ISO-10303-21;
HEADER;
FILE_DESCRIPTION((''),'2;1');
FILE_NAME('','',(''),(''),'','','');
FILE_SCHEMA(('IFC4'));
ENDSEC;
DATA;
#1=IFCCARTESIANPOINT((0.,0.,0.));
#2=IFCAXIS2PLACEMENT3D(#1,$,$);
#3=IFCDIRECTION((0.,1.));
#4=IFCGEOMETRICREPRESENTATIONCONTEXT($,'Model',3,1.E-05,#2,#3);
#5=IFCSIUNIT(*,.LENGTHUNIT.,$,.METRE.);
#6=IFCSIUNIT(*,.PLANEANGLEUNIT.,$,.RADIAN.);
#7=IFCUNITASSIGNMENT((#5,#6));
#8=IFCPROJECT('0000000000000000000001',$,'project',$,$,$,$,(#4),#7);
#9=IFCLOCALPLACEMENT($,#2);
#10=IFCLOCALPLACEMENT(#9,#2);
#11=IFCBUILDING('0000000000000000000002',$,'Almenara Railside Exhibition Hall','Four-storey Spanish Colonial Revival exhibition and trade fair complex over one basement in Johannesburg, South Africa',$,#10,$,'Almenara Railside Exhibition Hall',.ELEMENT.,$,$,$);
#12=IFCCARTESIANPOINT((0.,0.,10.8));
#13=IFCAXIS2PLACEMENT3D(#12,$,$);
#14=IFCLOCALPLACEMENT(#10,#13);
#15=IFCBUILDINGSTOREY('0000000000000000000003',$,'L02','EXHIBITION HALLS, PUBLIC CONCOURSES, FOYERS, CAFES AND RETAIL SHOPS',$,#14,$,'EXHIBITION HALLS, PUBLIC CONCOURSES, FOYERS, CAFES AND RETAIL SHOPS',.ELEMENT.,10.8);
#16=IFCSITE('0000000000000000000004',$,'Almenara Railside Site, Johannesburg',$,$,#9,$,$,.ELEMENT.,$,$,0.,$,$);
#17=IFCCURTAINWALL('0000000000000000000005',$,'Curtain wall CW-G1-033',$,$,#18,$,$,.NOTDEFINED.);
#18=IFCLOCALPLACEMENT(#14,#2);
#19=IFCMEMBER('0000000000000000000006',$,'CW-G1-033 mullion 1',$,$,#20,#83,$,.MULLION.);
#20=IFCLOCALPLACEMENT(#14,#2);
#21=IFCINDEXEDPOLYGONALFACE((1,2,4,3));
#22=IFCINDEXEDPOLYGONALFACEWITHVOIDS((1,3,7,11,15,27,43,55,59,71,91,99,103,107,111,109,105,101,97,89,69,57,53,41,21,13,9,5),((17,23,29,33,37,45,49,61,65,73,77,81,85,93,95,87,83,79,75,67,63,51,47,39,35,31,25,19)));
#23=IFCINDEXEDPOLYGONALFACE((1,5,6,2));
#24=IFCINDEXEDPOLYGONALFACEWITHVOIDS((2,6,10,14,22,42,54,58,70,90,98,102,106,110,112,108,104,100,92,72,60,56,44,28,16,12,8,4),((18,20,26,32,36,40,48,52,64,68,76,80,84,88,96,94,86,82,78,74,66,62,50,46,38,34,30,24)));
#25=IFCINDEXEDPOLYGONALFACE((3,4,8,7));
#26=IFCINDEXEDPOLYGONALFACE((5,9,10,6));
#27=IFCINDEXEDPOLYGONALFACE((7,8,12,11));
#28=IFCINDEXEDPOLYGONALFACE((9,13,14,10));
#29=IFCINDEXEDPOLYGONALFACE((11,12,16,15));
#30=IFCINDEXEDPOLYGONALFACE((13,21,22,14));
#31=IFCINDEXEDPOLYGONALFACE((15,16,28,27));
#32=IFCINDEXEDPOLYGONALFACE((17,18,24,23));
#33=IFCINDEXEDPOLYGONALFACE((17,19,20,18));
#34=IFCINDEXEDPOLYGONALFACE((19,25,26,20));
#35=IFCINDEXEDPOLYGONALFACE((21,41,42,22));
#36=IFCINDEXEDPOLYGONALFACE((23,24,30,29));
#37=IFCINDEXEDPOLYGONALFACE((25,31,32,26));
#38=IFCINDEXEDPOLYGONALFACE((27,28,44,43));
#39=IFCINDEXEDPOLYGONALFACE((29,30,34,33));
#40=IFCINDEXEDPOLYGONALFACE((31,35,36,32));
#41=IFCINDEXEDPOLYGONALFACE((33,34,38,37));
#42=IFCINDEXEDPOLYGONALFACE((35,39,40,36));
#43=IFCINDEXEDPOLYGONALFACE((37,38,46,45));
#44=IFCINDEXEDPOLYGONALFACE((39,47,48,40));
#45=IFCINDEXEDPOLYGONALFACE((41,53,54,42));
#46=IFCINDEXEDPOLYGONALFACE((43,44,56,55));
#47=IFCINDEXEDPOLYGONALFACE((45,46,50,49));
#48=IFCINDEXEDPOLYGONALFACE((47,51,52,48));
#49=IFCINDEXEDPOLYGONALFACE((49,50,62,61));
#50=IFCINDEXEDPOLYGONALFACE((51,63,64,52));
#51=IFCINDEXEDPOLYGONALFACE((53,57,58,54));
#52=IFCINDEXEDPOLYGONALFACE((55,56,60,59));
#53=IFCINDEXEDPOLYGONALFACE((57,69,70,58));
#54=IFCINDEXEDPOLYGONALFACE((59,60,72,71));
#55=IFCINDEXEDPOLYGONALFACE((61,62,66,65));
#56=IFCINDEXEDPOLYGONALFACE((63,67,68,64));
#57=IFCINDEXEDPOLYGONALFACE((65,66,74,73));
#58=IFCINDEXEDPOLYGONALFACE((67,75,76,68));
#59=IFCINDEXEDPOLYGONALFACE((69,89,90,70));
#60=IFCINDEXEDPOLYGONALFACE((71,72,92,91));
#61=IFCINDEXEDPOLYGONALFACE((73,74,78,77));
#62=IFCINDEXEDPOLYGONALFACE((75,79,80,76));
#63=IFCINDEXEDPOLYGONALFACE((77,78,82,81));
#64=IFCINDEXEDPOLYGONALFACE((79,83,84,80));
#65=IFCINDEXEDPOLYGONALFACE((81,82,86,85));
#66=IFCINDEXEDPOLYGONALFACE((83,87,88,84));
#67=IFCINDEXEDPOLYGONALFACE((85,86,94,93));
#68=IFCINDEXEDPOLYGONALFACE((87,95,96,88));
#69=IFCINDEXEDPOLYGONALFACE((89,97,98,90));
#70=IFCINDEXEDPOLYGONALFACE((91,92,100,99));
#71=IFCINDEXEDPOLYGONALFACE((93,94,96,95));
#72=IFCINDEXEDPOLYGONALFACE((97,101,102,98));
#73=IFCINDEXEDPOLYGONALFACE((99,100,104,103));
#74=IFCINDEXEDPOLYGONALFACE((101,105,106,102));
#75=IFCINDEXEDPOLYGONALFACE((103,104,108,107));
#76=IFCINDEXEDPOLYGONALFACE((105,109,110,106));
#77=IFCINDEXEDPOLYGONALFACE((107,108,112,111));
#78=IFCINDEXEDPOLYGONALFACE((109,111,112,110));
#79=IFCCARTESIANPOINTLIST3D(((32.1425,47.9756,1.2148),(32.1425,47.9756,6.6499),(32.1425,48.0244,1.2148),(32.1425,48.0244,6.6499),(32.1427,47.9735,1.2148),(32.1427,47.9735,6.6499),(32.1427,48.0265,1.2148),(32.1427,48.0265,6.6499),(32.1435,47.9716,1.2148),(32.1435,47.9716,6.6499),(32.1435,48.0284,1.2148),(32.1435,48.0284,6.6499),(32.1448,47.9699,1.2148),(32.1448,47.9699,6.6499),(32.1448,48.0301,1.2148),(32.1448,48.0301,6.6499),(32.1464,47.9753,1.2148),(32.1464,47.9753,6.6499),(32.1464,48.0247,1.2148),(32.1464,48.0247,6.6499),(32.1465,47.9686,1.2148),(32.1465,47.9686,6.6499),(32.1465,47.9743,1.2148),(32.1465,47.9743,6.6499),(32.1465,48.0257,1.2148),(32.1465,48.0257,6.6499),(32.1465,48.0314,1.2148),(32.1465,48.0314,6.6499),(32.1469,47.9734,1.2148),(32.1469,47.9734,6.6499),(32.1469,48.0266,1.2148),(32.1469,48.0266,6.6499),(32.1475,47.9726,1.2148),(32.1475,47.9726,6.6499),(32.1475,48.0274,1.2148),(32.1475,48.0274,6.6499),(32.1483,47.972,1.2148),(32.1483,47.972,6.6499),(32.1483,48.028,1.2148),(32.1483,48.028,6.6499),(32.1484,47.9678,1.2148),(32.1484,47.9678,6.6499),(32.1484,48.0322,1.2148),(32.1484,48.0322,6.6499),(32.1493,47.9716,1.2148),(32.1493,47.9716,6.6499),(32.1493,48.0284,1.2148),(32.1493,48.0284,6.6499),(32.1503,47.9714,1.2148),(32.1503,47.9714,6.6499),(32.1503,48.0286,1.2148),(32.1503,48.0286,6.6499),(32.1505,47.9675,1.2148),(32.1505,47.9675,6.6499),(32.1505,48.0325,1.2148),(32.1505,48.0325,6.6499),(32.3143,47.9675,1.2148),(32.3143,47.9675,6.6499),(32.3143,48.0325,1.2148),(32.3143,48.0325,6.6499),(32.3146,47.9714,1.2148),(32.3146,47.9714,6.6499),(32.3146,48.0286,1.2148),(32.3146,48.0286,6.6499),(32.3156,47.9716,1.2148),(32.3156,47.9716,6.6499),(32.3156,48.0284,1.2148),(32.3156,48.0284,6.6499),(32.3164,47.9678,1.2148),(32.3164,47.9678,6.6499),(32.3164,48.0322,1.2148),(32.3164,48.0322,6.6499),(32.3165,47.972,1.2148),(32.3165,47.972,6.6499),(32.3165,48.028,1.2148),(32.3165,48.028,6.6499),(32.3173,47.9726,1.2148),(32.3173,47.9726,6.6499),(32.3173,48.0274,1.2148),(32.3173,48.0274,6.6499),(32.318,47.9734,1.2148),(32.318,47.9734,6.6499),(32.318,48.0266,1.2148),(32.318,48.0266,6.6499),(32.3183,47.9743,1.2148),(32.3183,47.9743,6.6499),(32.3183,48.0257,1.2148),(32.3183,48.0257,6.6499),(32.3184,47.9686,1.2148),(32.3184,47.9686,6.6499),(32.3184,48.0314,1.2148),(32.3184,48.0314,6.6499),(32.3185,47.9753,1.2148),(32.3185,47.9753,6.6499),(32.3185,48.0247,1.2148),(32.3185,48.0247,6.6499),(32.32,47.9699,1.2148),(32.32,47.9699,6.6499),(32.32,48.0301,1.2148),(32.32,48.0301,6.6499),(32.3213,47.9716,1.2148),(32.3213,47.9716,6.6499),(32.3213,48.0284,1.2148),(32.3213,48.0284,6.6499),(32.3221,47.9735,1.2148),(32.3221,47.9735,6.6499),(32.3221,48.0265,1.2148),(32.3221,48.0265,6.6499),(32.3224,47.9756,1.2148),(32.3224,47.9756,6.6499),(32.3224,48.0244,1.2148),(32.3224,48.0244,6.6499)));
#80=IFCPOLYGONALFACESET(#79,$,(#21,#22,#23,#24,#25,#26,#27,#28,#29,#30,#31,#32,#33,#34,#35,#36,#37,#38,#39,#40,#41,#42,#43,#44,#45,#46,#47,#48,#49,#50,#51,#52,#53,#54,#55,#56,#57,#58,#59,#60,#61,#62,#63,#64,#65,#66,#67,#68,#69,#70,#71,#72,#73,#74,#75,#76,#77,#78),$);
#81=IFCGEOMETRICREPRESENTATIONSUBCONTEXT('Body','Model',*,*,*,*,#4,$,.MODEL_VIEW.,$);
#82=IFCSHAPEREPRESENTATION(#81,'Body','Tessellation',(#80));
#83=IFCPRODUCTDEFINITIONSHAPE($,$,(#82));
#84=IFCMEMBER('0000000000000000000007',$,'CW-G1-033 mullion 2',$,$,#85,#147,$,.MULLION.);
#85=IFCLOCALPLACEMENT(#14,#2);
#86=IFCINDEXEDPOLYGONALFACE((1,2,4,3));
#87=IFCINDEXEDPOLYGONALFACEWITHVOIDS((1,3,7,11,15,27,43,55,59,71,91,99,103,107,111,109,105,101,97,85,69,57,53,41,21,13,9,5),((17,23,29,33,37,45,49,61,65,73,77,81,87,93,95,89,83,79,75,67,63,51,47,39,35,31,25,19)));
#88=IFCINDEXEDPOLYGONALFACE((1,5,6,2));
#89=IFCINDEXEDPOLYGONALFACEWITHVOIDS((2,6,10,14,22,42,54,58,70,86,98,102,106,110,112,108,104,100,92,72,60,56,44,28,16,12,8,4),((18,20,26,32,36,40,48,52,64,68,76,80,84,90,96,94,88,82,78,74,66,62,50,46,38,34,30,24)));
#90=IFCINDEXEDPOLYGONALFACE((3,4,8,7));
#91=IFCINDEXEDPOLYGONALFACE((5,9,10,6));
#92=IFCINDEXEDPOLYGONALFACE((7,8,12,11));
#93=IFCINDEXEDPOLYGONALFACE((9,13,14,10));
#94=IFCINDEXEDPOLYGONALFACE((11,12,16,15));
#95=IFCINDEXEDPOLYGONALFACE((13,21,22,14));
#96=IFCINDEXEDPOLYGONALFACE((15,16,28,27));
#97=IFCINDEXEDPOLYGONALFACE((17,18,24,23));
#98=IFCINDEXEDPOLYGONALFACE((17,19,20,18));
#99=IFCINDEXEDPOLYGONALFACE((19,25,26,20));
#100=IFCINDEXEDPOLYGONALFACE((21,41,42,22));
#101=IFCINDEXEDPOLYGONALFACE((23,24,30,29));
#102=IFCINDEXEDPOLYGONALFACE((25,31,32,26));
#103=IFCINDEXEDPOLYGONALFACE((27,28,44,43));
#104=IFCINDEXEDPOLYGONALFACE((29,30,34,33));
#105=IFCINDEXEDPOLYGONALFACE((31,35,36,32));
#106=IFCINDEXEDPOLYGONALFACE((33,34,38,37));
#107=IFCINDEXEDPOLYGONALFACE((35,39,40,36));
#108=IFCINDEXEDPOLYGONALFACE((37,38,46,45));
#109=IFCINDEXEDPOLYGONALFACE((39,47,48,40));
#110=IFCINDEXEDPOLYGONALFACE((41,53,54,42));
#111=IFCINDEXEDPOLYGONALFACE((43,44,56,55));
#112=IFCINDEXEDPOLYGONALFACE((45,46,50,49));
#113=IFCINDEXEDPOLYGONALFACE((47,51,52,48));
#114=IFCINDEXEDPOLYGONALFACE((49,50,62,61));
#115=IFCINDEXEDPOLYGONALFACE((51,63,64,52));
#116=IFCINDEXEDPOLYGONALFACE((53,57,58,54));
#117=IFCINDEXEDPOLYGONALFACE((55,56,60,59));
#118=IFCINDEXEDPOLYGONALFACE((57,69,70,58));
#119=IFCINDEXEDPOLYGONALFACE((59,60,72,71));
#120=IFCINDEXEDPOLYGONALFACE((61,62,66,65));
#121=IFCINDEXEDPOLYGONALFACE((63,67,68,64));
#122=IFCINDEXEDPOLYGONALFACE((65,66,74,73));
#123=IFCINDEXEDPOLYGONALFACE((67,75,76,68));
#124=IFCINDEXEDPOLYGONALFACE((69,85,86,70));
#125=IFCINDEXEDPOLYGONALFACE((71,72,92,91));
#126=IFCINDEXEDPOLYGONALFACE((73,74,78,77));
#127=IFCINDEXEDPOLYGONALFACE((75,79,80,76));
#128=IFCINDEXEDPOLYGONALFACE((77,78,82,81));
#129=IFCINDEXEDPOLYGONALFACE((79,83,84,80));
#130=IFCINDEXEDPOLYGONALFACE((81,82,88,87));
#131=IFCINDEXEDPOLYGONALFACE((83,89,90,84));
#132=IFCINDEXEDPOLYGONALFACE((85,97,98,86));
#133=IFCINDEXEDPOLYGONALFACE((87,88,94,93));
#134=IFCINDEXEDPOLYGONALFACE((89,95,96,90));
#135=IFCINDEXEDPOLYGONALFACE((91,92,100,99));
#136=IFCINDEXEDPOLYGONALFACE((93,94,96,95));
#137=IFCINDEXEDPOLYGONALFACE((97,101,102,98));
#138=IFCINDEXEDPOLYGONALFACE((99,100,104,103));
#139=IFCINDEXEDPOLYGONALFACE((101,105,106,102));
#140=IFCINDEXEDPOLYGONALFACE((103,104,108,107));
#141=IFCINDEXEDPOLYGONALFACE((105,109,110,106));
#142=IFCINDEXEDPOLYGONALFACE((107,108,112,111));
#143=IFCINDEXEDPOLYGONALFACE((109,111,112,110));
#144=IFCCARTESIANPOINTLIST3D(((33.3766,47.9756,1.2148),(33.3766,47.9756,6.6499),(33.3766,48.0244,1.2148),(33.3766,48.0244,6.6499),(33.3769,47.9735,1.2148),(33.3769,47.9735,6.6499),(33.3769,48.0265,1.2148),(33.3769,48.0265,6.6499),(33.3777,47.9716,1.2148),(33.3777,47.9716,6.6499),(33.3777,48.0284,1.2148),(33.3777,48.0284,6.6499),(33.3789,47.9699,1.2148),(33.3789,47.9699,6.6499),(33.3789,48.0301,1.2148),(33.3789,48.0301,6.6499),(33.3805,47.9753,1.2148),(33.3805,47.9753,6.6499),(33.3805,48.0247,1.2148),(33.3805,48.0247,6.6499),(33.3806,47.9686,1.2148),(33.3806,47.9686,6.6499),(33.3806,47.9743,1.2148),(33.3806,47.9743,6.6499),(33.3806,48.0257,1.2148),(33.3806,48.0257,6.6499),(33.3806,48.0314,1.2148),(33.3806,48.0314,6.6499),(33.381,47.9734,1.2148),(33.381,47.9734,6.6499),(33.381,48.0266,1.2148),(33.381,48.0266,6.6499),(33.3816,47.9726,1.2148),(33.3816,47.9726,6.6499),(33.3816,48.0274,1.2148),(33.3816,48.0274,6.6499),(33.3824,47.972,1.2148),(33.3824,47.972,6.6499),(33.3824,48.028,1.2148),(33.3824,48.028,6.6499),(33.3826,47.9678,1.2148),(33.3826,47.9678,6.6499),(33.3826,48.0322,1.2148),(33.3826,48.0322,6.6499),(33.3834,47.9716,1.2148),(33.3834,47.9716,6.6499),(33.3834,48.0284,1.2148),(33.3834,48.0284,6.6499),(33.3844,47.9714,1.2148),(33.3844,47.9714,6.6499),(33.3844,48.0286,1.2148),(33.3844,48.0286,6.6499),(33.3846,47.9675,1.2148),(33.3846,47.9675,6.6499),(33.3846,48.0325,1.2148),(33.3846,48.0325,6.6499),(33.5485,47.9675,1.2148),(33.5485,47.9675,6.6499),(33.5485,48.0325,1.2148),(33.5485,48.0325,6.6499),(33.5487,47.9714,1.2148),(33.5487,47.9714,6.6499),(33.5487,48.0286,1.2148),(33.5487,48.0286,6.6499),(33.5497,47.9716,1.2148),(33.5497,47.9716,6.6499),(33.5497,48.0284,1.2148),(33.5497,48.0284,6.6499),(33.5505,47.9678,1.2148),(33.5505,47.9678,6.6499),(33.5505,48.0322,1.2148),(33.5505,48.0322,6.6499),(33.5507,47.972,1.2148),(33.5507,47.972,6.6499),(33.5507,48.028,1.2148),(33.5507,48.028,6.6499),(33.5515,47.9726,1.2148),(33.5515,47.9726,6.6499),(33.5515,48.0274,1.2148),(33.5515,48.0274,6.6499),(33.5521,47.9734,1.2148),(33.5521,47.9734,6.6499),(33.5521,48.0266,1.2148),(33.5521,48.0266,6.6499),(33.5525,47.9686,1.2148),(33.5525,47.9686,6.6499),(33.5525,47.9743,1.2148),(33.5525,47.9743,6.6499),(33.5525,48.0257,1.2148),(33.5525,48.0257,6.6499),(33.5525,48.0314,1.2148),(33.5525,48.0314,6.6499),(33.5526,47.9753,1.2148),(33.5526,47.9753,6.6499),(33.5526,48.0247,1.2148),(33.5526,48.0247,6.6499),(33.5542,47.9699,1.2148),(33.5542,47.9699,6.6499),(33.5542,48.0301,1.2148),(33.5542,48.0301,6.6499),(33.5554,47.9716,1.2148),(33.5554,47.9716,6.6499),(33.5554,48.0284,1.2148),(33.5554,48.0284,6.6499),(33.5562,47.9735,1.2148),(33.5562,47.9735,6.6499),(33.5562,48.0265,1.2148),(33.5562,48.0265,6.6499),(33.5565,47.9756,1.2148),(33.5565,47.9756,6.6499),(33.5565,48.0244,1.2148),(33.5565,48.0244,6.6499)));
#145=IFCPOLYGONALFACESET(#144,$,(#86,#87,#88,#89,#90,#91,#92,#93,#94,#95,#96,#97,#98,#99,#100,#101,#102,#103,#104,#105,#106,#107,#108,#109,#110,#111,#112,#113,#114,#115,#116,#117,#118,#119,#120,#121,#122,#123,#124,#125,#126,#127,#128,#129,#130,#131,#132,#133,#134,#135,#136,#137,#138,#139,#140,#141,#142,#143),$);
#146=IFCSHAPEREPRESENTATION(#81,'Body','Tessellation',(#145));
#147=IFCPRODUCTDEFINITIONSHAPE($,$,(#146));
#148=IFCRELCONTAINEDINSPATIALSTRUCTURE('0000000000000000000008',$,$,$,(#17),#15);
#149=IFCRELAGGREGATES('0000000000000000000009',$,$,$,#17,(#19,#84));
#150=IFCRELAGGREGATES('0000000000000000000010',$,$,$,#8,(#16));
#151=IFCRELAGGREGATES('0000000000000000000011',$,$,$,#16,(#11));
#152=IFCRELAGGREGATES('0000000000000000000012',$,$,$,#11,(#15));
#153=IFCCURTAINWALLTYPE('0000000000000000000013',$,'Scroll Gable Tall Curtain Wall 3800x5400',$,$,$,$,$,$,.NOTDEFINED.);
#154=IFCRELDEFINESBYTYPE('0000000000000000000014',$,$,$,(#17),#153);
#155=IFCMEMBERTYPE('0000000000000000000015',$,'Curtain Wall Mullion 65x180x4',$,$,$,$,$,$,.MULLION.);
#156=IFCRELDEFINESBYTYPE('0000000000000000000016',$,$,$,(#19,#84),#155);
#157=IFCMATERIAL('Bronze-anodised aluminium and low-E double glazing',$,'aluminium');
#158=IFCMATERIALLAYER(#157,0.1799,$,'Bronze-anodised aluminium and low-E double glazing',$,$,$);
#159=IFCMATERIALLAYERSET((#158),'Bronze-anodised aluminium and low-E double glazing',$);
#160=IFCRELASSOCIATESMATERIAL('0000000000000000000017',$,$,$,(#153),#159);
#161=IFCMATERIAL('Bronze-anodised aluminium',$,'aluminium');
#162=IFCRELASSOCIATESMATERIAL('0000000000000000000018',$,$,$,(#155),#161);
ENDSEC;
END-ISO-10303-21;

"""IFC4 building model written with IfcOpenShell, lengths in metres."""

from ifc_helpers import new_model, si_unit, direction, frame, origin, origin_2d, place, context, subcontext, project, spatial, hollow_rectangle, extrude, material, layer, layer_set, material_profile, profile_set, type_object, element, aggregate, save


model = new_model("IFC4")

# Units and contexts
model_context = context("Model", 3, precision=1e-05, world=origin(), true_north=direction((0.0, 1.0)))
body_context = subcontext(model_context, "Body", "Model", "MODEL_VIEW")
ifc_project = project(units=[si_unit("LENGTHUNIT", "METRE"), si_unit("PLANEANGLEUNIT", "RADIAN")], contexts=[model_context])

# Site, building, storey
site_placement = place(None, origin())
site = spatial("IfcSite", under=ifc_project, at=site_placement, Name="Almenara Railside Site, Johannesburg", CompositionType="ELEMENT", RefElevation=0.0)
building_placement = place(site_placement, origin())
building = spatial("IfcBuilding", under=site, at=building_placement, Name="Almenara Railside Exhibition Hall", Description="Four-storey Spanish Colonial Revival exhibition and trade fair complex over one basement in Johannesburg, South Africa", LongName="Almenara Railside Exhibition Hall", CompositionType="ELEMENT")
storey_placement = place(building_placement, frame((0.0, 0.0, 10.8)))
storey = spatial("IfcBuildingStorey", under=building, at=storey_placement, Name="L02", Description="EXHIBITION HALLS, PUBLIC CONCOURSES, FOYERS, CAFES AND RETAIL SHOPS", LongName="EXHIBITION HALLS, PUBLIC CONCOURSES, FOYERS, CAFES AND RETAIL SHOPS", CompositionType="ELEMENT", Elevation=10.8)

# Curtain wall, members
ifc_material_1 = material(Name="Bronze-anodised aluminium and low-E double glazing", Category="aluminium")
ifc_layer_1 = layer(ifc_material_1, 0.1799, Name="Bronze-anodised aluminium and low-E double glazing")
ifc_layer_set_1 = layer_set([ifc_layer_1], Name="Bronze-anodised aluminium and low-E double glazing")
curtain_wall_type_1 = type_object("IfcCurtainWallType", Name="Scroll Gable Tall Curtain Wall 3800x5400", PredefinedType="NOTDEFINED", material=ifc_layer_set_1)
curtain_wall_1_placement = place(storey_placement, origin())
curtain_wall_1 = element("IfcCurtainWall", 1, at=curtain_wall_1_placement, inside=storey, type_object=curtain_wall_type_1, Name="Curtain wall CW-G1-033", PredefinedType="NOTDEFINED")
ifc_material_2 = material(Name="Bronze-anodised aluminium", Category="aluminium")
ifc_material_profile_1 = material_profile(ifc_material_2, hollow_rectangle(XDim=0.0649, YDim=0.1799, WallThickness=0.0039, InnerFilletRadius=0.0039, OuterFilletRadius=0.0081, at=origin_2d()), Name="ALU-MUL 65x180x4")
ifc_profile_set_1 = profile_set([ifc_material_profile_1], Name="Bronze-anodised aluminium")
member_type_1 = type_object("IfcMemberType", Name="Curtain Wall Mullion 65x180x4", PredefinedType="MULLION", material=ifc_profile_set_1)
member_1_placement = place(storey_placement, frame((32.2324, 48.0, 1.2148), z_axis=(0.0, 0.0, 1.0), x_axis=(0.0, 1.0, 0.0)))
member_1 = element("IfcMember", 2, at=member_1_placement, type_object=member_type_1, Name="CW-G1-033 mullion 1", PredefinedType="MULLION", context=body_context, shape_type="SweptSolid", body=[
    extrude(hollow_rectangle(XDim=0.0649, YDim=0.1799, WallThickness=0.0039, InnerFilletRadius=0.0039, OuterFilletRadius=0.0081, at=origin_2d()), origin(), (0.0, 0.0, 1.0), 5.4351),
])
member_2_placement = place(storey_placement, frame((33.4666, 48.0, 1.2148), z_axis=(0.0, 0.0, 1.0), x_axis=(0.0, 1.0, 0.0)))
member_2 = element("IfcMember", 3, at=member_2_placement, type_object=member_type_1, Name="CW-G1-033 mullion 2", PredefinedType="MULLION", context=body_context, shape_type="SweptSolid", body=[
    extrude(hollow_rectangle(XDim=0.0649, YDim=0.1799, WallThickness=0.0039, InnerFilletRadius=0.0039, OuterFilletRadius=0.0081, at=origin_2d()), origin(), (0.0, 0.0, 1.0), 5.4351),
])

aggregate(curtain_wall_1, [member_1, member_2])

save(model, "model.ifc")
